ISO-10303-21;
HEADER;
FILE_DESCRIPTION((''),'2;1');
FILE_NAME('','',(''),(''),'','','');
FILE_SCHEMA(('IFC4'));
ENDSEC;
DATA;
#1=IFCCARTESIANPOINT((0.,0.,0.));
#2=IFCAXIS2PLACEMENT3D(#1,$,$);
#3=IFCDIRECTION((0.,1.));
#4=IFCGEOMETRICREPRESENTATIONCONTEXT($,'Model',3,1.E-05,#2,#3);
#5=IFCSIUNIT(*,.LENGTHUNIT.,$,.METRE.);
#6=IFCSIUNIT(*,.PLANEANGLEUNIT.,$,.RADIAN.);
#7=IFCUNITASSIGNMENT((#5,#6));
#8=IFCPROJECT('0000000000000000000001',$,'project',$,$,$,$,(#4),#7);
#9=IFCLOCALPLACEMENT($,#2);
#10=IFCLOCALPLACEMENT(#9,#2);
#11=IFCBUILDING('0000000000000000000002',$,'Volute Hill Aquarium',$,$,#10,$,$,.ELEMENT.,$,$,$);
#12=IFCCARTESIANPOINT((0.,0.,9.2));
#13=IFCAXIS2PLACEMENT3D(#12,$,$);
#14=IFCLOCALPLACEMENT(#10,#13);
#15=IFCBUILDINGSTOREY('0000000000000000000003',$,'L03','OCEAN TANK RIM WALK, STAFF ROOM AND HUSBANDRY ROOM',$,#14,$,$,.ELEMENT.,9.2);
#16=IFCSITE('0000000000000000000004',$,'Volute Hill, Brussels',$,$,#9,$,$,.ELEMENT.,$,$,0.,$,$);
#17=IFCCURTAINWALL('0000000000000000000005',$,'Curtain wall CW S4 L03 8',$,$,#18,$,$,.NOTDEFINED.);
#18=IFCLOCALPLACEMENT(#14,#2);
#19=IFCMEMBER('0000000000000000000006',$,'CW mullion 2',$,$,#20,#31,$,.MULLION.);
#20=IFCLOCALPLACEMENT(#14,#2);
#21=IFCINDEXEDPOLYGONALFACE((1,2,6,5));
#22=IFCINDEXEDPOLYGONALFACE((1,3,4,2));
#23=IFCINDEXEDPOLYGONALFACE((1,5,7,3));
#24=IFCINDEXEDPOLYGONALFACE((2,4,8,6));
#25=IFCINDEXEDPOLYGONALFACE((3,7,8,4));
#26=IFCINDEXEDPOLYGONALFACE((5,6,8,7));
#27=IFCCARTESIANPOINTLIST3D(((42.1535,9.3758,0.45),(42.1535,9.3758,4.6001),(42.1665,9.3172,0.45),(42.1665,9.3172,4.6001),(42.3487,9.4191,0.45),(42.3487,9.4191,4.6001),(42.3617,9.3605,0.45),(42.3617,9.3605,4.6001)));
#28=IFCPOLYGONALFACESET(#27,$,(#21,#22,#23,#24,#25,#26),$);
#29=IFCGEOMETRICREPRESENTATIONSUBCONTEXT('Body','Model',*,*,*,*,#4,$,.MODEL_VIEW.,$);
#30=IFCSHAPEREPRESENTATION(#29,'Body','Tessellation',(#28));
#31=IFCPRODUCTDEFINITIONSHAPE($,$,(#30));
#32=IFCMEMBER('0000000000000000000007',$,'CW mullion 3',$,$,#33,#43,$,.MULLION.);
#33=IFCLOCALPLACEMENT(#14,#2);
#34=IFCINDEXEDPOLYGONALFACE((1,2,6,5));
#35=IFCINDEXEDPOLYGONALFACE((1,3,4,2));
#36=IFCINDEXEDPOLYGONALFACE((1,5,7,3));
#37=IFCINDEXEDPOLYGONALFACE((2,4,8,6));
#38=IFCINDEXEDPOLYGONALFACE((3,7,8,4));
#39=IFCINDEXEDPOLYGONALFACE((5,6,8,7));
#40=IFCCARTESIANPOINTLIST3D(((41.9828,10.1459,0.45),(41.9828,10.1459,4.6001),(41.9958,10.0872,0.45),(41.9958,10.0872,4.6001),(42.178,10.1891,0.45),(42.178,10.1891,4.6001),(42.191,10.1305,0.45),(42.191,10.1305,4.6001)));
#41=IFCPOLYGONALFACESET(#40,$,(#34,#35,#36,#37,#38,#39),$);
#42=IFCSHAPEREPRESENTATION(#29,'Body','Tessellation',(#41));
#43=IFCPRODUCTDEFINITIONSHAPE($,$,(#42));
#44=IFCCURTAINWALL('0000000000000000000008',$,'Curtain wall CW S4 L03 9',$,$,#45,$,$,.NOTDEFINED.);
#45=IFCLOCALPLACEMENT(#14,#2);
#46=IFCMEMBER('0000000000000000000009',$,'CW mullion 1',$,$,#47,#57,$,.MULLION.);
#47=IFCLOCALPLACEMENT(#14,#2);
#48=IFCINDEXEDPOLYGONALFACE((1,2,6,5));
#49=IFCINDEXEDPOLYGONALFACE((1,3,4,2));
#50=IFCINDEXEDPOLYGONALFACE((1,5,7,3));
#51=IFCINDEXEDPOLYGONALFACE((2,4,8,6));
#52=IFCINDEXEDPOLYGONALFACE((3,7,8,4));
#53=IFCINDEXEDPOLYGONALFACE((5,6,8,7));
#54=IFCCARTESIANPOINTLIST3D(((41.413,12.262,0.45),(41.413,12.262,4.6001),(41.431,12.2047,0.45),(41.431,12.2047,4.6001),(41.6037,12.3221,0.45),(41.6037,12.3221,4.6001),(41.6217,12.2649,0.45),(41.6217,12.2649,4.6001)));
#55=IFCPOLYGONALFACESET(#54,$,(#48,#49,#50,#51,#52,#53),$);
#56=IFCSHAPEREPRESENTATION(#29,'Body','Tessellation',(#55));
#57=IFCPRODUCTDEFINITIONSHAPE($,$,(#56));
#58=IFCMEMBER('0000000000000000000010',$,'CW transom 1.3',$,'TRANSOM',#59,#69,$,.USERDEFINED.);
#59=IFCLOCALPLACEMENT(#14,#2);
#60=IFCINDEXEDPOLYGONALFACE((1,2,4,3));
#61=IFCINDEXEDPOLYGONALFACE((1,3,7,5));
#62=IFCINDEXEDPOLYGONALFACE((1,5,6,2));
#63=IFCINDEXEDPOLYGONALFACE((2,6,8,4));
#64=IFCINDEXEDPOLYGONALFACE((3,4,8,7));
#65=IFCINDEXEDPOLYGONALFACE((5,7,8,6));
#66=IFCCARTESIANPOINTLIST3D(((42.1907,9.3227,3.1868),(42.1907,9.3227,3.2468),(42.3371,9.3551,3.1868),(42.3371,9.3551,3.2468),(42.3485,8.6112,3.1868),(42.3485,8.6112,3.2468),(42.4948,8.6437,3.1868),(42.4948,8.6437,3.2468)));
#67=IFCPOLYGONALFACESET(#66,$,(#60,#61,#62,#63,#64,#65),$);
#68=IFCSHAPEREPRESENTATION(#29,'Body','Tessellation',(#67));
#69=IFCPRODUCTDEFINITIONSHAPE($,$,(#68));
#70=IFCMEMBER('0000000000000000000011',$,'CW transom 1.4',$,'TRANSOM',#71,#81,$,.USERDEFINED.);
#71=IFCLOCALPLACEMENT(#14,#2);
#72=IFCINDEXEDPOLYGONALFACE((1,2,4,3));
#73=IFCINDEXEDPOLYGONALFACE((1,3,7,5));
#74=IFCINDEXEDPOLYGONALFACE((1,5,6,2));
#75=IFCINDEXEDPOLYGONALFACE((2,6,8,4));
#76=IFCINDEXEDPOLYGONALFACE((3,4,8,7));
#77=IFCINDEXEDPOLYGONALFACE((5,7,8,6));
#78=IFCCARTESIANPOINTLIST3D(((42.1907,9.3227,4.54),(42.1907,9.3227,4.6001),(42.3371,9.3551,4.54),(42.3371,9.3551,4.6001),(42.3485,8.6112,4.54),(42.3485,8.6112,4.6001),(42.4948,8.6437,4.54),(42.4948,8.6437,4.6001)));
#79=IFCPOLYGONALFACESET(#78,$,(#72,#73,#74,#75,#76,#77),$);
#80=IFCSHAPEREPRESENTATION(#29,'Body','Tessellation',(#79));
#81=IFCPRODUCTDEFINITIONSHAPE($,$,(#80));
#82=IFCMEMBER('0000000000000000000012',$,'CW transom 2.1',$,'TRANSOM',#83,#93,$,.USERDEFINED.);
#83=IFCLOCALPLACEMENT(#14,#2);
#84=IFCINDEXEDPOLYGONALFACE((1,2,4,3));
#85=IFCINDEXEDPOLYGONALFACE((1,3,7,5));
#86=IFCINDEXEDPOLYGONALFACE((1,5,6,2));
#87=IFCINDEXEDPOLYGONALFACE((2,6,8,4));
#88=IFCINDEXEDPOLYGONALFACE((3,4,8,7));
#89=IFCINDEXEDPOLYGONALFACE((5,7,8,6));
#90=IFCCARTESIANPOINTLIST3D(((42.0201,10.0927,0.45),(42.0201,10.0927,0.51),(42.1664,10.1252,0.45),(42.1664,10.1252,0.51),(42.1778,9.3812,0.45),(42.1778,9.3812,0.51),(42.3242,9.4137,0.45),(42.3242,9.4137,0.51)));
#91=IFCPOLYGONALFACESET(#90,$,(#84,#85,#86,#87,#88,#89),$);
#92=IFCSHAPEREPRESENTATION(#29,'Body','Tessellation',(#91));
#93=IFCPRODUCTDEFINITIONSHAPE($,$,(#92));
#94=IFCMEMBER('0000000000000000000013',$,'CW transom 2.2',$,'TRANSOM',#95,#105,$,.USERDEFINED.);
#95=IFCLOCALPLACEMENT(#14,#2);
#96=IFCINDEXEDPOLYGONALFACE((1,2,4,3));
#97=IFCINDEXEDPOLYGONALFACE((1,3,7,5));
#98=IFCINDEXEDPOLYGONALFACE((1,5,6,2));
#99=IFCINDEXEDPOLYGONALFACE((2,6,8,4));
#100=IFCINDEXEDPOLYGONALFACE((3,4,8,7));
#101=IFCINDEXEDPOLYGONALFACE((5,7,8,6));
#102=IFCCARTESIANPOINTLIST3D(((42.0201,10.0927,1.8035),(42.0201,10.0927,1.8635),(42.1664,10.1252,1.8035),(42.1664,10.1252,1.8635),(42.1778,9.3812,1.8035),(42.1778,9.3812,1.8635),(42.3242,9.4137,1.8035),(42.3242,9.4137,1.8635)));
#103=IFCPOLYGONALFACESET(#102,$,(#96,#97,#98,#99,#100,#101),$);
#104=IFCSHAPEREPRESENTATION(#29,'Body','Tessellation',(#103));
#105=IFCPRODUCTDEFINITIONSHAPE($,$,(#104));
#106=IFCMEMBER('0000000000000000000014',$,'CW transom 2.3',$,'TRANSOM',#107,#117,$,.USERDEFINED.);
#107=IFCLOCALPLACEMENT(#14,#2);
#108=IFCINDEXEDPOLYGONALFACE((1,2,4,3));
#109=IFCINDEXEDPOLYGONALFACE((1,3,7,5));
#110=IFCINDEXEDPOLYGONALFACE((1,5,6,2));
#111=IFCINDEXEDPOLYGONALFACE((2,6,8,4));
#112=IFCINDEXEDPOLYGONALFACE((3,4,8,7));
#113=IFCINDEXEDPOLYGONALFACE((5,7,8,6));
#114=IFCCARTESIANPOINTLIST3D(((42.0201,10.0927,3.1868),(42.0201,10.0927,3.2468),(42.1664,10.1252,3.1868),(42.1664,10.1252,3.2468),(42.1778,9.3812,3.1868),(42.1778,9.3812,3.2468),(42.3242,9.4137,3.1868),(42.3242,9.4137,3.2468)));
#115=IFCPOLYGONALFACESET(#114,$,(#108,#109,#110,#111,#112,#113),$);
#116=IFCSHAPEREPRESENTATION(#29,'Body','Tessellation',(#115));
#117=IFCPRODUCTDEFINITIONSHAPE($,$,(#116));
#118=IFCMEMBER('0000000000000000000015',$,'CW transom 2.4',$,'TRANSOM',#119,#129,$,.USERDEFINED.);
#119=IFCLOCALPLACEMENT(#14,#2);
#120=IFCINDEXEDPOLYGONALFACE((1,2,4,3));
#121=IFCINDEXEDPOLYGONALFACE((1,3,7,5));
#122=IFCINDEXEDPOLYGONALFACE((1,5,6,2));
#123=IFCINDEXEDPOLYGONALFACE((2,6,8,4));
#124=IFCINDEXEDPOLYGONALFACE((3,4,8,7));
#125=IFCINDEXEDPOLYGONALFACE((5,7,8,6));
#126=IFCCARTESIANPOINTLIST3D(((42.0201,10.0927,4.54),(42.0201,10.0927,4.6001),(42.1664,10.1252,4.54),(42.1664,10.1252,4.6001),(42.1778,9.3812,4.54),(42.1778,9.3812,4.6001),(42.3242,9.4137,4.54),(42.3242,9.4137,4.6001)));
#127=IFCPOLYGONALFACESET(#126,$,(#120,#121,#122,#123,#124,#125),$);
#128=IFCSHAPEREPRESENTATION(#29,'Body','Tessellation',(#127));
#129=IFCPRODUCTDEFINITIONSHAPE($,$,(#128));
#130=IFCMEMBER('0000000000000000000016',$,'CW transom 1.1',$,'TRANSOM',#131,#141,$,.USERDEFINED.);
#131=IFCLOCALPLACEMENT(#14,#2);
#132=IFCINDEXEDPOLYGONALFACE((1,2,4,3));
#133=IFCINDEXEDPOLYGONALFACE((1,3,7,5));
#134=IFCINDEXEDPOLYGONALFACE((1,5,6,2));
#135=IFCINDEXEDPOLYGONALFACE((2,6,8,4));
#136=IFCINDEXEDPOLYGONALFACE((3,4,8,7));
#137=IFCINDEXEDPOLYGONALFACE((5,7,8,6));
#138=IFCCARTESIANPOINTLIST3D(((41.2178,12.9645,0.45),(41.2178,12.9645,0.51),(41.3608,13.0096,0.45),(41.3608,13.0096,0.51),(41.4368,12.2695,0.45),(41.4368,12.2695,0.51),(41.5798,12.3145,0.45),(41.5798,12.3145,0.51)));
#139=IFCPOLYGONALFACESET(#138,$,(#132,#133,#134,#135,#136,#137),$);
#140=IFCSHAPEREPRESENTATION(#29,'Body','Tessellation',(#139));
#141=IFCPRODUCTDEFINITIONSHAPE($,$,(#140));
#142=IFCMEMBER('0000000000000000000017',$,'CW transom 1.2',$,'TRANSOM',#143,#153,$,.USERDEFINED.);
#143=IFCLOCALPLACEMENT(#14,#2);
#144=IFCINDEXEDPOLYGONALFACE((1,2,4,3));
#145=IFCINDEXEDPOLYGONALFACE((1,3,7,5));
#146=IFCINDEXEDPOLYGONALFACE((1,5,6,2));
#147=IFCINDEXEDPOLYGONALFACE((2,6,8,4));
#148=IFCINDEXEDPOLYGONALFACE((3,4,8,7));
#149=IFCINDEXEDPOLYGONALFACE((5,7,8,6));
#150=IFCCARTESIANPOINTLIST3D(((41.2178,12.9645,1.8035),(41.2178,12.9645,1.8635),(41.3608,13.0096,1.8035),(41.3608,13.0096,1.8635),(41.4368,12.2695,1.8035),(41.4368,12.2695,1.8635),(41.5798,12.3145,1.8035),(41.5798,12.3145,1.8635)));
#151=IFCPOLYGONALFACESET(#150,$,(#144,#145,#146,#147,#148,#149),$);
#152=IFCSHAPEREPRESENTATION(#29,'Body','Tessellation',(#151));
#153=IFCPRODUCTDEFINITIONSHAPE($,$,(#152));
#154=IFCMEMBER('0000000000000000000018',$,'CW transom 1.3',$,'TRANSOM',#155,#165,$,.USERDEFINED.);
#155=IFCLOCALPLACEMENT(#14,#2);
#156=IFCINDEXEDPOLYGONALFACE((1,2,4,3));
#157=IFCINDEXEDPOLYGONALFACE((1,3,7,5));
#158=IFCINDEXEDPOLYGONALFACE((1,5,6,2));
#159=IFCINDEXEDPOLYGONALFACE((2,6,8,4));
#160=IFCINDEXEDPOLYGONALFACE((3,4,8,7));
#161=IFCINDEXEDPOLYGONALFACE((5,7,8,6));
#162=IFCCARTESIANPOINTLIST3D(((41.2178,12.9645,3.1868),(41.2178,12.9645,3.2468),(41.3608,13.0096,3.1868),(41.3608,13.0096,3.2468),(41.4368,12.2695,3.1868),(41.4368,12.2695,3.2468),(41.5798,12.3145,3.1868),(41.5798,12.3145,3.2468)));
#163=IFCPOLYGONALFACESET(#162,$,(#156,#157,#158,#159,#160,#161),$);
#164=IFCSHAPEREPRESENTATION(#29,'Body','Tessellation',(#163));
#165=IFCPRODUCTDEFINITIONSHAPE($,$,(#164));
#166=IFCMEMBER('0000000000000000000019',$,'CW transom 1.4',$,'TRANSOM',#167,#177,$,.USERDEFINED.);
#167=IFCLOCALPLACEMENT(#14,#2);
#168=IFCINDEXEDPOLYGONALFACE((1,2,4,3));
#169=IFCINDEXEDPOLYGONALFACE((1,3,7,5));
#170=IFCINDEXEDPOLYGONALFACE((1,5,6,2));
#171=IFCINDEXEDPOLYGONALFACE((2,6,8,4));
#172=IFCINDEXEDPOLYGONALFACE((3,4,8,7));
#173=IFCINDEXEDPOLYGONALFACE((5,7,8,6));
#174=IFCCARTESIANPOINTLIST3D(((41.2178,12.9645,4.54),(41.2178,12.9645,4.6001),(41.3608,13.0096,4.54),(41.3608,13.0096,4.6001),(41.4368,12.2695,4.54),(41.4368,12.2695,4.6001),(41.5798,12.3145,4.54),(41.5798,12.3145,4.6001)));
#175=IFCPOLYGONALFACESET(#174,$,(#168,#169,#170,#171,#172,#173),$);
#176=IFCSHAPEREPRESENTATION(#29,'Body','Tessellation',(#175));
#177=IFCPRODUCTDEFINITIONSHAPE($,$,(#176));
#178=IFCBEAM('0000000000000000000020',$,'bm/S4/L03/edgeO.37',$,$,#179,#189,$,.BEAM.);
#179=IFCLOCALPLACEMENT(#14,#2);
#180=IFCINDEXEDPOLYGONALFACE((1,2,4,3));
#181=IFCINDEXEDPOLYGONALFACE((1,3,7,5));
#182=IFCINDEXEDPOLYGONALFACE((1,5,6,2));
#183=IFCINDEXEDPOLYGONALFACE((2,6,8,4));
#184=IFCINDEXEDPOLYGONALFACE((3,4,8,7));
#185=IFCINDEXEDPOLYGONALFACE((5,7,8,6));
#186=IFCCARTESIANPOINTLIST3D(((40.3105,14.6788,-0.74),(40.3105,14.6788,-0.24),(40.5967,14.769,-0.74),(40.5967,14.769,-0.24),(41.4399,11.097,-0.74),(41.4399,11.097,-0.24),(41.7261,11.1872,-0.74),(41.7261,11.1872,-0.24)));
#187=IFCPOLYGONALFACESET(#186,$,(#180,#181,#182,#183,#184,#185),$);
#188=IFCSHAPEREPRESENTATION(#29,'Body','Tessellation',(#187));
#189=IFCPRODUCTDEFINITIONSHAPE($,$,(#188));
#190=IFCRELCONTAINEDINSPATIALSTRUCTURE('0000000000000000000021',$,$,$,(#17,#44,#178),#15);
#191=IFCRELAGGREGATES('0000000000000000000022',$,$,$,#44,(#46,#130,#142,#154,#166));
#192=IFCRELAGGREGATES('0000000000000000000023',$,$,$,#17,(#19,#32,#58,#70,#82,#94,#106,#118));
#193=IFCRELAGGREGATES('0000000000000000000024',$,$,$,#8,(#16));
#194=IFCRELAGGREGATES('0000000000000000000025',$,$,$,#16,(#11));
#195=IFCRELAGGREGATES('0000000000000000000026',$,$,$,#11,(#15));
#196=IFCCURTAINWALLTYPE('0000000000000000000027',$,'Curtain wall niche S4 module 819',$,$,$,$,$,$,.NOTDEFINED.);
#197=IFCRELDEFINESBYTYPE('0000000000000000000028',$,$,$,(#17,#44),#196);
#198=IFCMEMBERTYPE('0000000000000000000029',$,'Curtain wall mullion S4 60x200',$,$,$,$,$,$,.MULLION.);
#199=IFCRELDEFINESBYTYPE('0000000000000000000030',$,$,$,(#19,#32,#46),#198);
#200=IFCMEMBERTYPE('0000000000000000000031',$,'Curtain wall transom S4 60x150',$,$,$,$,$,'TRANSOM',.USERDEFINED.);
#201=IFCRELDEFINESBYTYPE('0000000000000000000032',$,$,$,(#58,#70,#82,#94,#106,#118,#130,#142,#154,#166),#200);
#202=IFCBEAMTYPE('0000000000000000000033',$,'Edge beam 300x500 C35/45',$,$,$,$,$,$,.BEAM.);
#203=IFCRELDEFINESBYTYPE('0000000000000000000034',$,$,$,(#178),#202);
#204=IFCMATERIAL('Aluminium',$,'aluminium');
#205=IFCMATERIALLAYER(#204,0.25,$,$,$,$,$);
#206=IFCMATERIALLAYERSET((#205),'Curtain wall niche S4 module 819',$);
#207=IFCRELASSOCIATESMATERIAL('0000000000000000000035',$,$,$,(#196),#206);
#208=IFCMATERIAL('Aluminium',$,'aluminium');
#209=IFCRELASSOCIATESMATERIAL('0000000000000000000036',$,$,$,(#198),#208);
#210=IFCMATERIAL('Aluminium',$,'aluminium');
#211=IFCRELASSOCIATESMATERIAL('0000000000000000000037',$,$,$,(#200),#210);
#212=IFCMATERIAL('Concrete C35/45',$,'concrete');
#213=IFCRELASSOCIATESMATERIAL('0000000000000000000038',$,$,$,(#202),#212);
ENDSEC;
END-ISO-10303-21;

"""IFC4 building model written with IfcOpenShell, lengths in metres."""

from ifc_helpers import new_model, si_unit, direction, frame, origin, origin_2d, place, context, subcontext, project, spatial, rectangle, extrude, material, layer, layer_set, material_profile, profile_set, type_object, element, aggregate, save


model = new_model("IFC4")

# Units and contexts
model_context = context("Model", 3, precision=1e-05, world=origin(), true_north=direction((0.0, 1.0)))
body_context = subcontext(model_context, "Body", "Model", "MODEL_VIEW")
ifc_project = project(units=[si_unit("LENGTHUNIT", "METRE"), si_unit("PLANEANGLEUNIT", "RADIAN")], contexts=[model_context])

# Site, building, storey
site_placement = place(None, origin())
site = spatial("IfcSite", under=ifc_project, at=site_placement, Name="Volute Hill, Brussels", CompositionType="ELEMENT", RefElevation=0.0)
building_placement = place(site_placement, origin())
building = spatial("IfcBuilding", under=site, at=building_placement, Name="Volute Hill Aquarium", CompositionType="ELEMENT")
storey_placement = place(building_placement, frame((0.0, 0.0, 9.2)))
storey = spatial("IfcBuildingStorey", under=building, at=storey_placement, Name="L03", Description="OCEAN TANK RIM WALK, STAFF ROOM AND HUSBANDRY ROOM", CompositionType="ELEMENT", Elevation=9.2)

# Curtain wall, members
ifc_material_1 = material(Name="Aluminium", Category="aluminium")
ifc_layer_1 = layer(ifc_material_1, 0.25)
ifc_layer_set_1 = layer_set([ifc_layer_1], Name="Curtain wall niche S4 module 819")
curtain_wall_type = type_object("IfcCurtainWallType", Name="Curtain wall niche S4 module 819", PredefinedType="NOTDEFINED", material=ifc_layer_set_1)
curtain_wall_1_placement = place(storey_placement, origin())
curtain_wall_1 = element("IfcCurtainWall", 1, at=curtain_wall_1_placement, inside=storey, type_object=curtain_wall_type, Name="Curtain wall CW S4 L03 8", PredefinedType="NOTDEFINED")
ifc_material_2 = material(Name="Aluminium", Category="aluminium")
ifc_material_profile_1 = material_profile(ifc_material_2, rectangle(XDim=0.2, YDim=0.0601, at=origin_2d()), Name="Curtain wall mullion S4 60x200")
ifc_profile_set_1 = profile_set([ifc_material_profile_1], Name="Aluminium")
member_type_1 = type_object("IfcMemberType", Name="Curtain wall mullion S4 60x200", PredefinedType="MULLION", material=ifc_profile_set_1)
member_1_placement = place(storey_placement, frame((42.2576, 9.3682, 0.45), z_axis=(0.0, 0.0, 1.0), x_axis=(-0.976297, -0.216436, 0.0)))
member_1 = element("IfcMember", 2, at=member_1_placement, type_object=member_type_1, Name="CW mullion 2", PredefinedType="MULLION", context=body_context, shape_type="SweptSolid", body=[
    extrude(rectangle(XDim=0.2, YDim=0.0601, at=origin_2d()), origin(), (0.0, 0.0, 1.0), 4.1501),
])
member_2_placement = place(storey_placement, frame((42.0869, 10.1382, 0.45), z_axis=(0.0, 0.0, 1.0), x_axis=(-0.976297, -0.216436, 0.0)))
member_2 = element("IfcMember", 3, at=member_2_placement, type_object=member_type_1, Name="CW mullion 3", PredefinedType="MULLION", context=body_context, shape_type="SweptSolid", body=[
    extrude(rectangle(XDim=0.2, YDim=0.0601, at=origin_2d()), origin(), (0.0, 0.0, 1.0), 4.1501),
])

# Curtain wall, member
curtain_wall_2_placement = place(storey_placement, origin())
curtain_wall_2 = element("IfcCurtainWall", 4, at=curtain_wall_2_placement, inside=storey, type_object=curtain_wall_type, Name="Curtain wall CW S4 L03 9", PredefinedType="NOTDEFINED")
member_3_placement = place(storey_placement, frame((41.5173, 12.2634, 0.45), z_axis=(0.0, 0.0, 1.0), x_axis=(-0.953716, -0.30071, 0.0)))
member_3 = element("IfcMember", 5, at=member_3_placement, type_object=member_type_1, Name="CW mullion 1", PredefinedType="MULLION", context=body_context, shape_type="SweptSolid", body=[
    extrude(rectangle(XDim=0.2, YDim=0.0601, at=origin_2d()), origin(), (0.0, 0.0, 1.0), 4.1501),
])

# Members
ifc_material_3 = material(Name="Aluminium", Category="aluminium")
ifc_material_profile_2 = material_profile(ifc_material_3, rectangle(XDim=0.1499, YDim=0.0601, at=origin_2d()), Name="Curtain wall transom S4 60x150")
ifc_profile_set_2 = profile_set([ifc_material_profile_2], Name="Aluminium")
member_type_2 = type_object("IfcMemberType", Name="Curtain wall transom S4 60x150", ElementType="TRANSOM", PredefinedType="USERDEFINED", material=ifc_profile_set_2)
member_4_placement = place(storey_placement, frame((42.4216, 8.6274, 3.2168), z_axis=(-0.216434, 0.976297, 0.0), x_axis=(-0.976297, -0.216434, 0.0)))
member_4 = element("IfcMember", 6, at=member_4_placement, type_object=member_type_2, Name="CW transom 1.3", ObjectType="TRANSOM", PredefinedType="USERDEFINED", context=body_context, shape_type="SweptSolid", body=[
    extrude(rectangle(XDim=0.1499, YDim=0.0601, at=origin_2d()), origin(), (0.0, 0.0, 1.0), 0.7288),
])
member_5_placement = place(storey_placement, frame((42.4216, 8.6274, 4.5701), z_axis=(-0.216434, 0.976297, 0.0), x_axis=(-0.976297, -0.216434, 0.0)))
member_5 = element("IfcMember", 7, at=member_5_placement, type_object=member_type_2, Name="CW transom 1.4", ObjectType="TRANSOM", PredefinedType="USERDEFINED", context=body_context, shape_type="SweptSolid", body=[
    extrude(rectangle(XDim=0.1499, YDim=0.0601, at=origin_2d()), origin(), (0.0, 0.0, 1.0), 0.7288),
])
member_6_placement = place(storey_placement, frame((42.251, 9.3975, 0.48), z_axis=(-0.216434, 0.976297, 0.0), x_axis=(-0.976297, -0.216434, 0.0)))
member_6 = element("IfcMember", 8, at=member_6_placement, type_object=member_type_2, Name="CW transom 2.1", ObjectType="TRANSOM", PredefinedType="USERDEFINED", context=body_context, shape_type="SweptSolid", body=[
    extrude(rectangle(XDim=0.1499, YDim=0.0601, at=origin_2d()), origin(), (0.0, 0.0, 1.0), 0.7288),
])
member_7_placement = place(storey_placement, frame((42.251, 9.3975, 1.8335), z_axis=(-0.216434, 0.976297, 0.0), x_axis=(-0.976297, -0.216434, 0.0)))
member_7 = element("IfcMember", 9, at=member_7_placement, type_object=member_type_2, Name="CW transom 2.2", ObjectType="TRANSOM", PredefinedType="USERDEFINED", context=body_context, shape_type="SweptSolid", body=[
    extrude(rectangle(XDim=0.1499, YDim=0.0601, at=origin_2d()), origin(), (0.0, 0.0, 1.0), 0.7288),
])
member_8_placement = place(storey_placement, frame((42.251, 9.3975, 3.2168), z_axis=(-0.216434, 0.976297, 0.0), x_axis=(-0.976297, -0.216434, 0.0)))
member_8 = element("IfcMember", 10, at=member_8_placement, type_object=member_type_2, Name="CW transom 2.3", ObjectType="TRANSOM", PredefinedType="USERDEFINED", context=body_context, shape_type="SweptSolid", body=[
    extrude(rectangle(XDim=0.1499, YDim=0.0601, at=origin_2d()), origin(), (0.0, 0.0, 1.0), 0.7288),
])
member_9_placement = place(storey_placement, frame((42.251, 9.3975, 4.5701), z_axis=(-0.216434, 0.976297, 0.0), x_axis=(-0.976297, -0.216434, 0.0)))
member_9 = element("IfcMember", 11, at=member_9_placement, type_object=member_type_2, Name="CW transom 2.4", ObjectType="TRANSOM", PredefinedType="USERDEFINED", context=body_context, shape_type="SweptSolid", body=[
    extrude(rectangle(XDim=0.1499, YDim=0.0601, at=origin_2d()), origin(), (0.0, 0.0, 1.0), 0.7288),
])
member_10_placement = place(storey_placement, frame((41.5083, 12.292, 0.48), z_axis=(-0.300506, 0.95378, 0.0), x_axis=(-0.95378, -0.300506, 0.0)))
member_10 = element("IfcMember", 12, at=member_10_placement, type_object=member_type_2, Name="CW transom 1.1", ObjectType="TRANSOM", PredefinedType="USERDEFINED", context=body_context, shape_type="SweptSolid", body=[
    extrude(rectangle(XDim=0.1499, YDim=0.0601, at=origin_2d()), origin(), (0.0, 0.0, 1.0), 0.7288),
])
member_11_placement = place(storey_placement, frame((41.5083, 12.292, 1.8335), z_axis=(-0.300506, 0.95378, 0.0), x_axis=(-0.95378, -0.300506, 0.0)))
member_11 = element("IfcMember", 13, at=member_11_placement, type_object=member_type_2, Name="CW transom 1.2", ObjectType="TRANSOM", PredefinedType="USERDEFINED", context=body_context, shape_type="SweptSolid", body=[
    extrude(rectangle(XDim=0.1499, YDim=0.0601, at=origin_2d()), origin(), (0.0, 0.0, 1.0), 0.7288),
])
member_12_placement = place(storey_placement, frame((41.5083, 12.292, 3.2168), z_axis=(-0.300506, 0.95378, 0.0), x_axis=(-0.95378, -0.300506, 0.0)))
member_12 = element("IfcMember", 14, at=member_12_placement, type_object=member_type_2, Name="CW transom 1.3", ObjectType="TRANSOM", PredefinedType="USERDEFINED", context=body_context, shape_type="SweptSolid", body=[
    extrude(rectangle(XDim=0.1499, YDim=0.0601, at=origin_2d()), origin(), (0.0, 0.0, 1.0), 0.7288),
])
member_13_placement = place(storey_placement, frame((41.5083, 12.292, 4.5701), z_axis=(-0.300506, 0.95378, 0.0), x_axis=(-0.95378, -0.300506, 0.0)))
member_13 = element("IfcMember", 15, at=member_13_placement, type_object=member_type_2, Name="CW transom 1.4", ObjectType="TRANSOM", PredefinedType="USERDEFINED", context=body_context, shape_type="SweptSolid", body=[
    extrude(rectangle(XDim=0.1499, YDim=0.0601, at=origin_2d()), origin(), (0.0, 0.0, 1.0), 0.7288),
])

# Beam
ifc_material_4 = material(Name="Concrete C35/45", Category="concrete")
ifc_material_profile_3 = material_profile(ifc_material_4, rectangle(XDim=0.3, YDim=0.5, at=origin_2d()), Name="RC edge beam 300x500")
ifc_profile_set_3 = profile_set([ifc_material_profile_3], Name="Concrete C35/45")
beam_type_1 = type_object("IfcBeamType", Name="Edge beam 300x500 C35/45", PredefinedType="BEAM", material=ifc_profile_set_3)
beam_1_placement = place(storey_placement, frame((41.583, 11.1421, -0.49), z_axis=(-0.300721, 0.953712, 0.0), x_axis=(-0.953712, -0.300721, 0.0)))
element("IfcBeam", 16, at=beam_1_placement, inside=storey, type_object=beam_type_1, Name="bm/S4/L03/edgeO.37", PredefinedType="BEAM", context=body_context, shape_type="SweptSolid", body=[
    extrude(rectangle(XDim=0.3, YDim=0.5, at=origin_2d()), origin(), (0.0, 0.0, 1.0), 3.7556),
])

aggregate(curtain_wall_2, [member_3, member_10, member_11, member_12, member_13])
aggregate(curtain_wall_1, [member_1, member_2, member_4, member_5, member_6, member_7, member_8, member_9])

save(model, "model.ifc")
